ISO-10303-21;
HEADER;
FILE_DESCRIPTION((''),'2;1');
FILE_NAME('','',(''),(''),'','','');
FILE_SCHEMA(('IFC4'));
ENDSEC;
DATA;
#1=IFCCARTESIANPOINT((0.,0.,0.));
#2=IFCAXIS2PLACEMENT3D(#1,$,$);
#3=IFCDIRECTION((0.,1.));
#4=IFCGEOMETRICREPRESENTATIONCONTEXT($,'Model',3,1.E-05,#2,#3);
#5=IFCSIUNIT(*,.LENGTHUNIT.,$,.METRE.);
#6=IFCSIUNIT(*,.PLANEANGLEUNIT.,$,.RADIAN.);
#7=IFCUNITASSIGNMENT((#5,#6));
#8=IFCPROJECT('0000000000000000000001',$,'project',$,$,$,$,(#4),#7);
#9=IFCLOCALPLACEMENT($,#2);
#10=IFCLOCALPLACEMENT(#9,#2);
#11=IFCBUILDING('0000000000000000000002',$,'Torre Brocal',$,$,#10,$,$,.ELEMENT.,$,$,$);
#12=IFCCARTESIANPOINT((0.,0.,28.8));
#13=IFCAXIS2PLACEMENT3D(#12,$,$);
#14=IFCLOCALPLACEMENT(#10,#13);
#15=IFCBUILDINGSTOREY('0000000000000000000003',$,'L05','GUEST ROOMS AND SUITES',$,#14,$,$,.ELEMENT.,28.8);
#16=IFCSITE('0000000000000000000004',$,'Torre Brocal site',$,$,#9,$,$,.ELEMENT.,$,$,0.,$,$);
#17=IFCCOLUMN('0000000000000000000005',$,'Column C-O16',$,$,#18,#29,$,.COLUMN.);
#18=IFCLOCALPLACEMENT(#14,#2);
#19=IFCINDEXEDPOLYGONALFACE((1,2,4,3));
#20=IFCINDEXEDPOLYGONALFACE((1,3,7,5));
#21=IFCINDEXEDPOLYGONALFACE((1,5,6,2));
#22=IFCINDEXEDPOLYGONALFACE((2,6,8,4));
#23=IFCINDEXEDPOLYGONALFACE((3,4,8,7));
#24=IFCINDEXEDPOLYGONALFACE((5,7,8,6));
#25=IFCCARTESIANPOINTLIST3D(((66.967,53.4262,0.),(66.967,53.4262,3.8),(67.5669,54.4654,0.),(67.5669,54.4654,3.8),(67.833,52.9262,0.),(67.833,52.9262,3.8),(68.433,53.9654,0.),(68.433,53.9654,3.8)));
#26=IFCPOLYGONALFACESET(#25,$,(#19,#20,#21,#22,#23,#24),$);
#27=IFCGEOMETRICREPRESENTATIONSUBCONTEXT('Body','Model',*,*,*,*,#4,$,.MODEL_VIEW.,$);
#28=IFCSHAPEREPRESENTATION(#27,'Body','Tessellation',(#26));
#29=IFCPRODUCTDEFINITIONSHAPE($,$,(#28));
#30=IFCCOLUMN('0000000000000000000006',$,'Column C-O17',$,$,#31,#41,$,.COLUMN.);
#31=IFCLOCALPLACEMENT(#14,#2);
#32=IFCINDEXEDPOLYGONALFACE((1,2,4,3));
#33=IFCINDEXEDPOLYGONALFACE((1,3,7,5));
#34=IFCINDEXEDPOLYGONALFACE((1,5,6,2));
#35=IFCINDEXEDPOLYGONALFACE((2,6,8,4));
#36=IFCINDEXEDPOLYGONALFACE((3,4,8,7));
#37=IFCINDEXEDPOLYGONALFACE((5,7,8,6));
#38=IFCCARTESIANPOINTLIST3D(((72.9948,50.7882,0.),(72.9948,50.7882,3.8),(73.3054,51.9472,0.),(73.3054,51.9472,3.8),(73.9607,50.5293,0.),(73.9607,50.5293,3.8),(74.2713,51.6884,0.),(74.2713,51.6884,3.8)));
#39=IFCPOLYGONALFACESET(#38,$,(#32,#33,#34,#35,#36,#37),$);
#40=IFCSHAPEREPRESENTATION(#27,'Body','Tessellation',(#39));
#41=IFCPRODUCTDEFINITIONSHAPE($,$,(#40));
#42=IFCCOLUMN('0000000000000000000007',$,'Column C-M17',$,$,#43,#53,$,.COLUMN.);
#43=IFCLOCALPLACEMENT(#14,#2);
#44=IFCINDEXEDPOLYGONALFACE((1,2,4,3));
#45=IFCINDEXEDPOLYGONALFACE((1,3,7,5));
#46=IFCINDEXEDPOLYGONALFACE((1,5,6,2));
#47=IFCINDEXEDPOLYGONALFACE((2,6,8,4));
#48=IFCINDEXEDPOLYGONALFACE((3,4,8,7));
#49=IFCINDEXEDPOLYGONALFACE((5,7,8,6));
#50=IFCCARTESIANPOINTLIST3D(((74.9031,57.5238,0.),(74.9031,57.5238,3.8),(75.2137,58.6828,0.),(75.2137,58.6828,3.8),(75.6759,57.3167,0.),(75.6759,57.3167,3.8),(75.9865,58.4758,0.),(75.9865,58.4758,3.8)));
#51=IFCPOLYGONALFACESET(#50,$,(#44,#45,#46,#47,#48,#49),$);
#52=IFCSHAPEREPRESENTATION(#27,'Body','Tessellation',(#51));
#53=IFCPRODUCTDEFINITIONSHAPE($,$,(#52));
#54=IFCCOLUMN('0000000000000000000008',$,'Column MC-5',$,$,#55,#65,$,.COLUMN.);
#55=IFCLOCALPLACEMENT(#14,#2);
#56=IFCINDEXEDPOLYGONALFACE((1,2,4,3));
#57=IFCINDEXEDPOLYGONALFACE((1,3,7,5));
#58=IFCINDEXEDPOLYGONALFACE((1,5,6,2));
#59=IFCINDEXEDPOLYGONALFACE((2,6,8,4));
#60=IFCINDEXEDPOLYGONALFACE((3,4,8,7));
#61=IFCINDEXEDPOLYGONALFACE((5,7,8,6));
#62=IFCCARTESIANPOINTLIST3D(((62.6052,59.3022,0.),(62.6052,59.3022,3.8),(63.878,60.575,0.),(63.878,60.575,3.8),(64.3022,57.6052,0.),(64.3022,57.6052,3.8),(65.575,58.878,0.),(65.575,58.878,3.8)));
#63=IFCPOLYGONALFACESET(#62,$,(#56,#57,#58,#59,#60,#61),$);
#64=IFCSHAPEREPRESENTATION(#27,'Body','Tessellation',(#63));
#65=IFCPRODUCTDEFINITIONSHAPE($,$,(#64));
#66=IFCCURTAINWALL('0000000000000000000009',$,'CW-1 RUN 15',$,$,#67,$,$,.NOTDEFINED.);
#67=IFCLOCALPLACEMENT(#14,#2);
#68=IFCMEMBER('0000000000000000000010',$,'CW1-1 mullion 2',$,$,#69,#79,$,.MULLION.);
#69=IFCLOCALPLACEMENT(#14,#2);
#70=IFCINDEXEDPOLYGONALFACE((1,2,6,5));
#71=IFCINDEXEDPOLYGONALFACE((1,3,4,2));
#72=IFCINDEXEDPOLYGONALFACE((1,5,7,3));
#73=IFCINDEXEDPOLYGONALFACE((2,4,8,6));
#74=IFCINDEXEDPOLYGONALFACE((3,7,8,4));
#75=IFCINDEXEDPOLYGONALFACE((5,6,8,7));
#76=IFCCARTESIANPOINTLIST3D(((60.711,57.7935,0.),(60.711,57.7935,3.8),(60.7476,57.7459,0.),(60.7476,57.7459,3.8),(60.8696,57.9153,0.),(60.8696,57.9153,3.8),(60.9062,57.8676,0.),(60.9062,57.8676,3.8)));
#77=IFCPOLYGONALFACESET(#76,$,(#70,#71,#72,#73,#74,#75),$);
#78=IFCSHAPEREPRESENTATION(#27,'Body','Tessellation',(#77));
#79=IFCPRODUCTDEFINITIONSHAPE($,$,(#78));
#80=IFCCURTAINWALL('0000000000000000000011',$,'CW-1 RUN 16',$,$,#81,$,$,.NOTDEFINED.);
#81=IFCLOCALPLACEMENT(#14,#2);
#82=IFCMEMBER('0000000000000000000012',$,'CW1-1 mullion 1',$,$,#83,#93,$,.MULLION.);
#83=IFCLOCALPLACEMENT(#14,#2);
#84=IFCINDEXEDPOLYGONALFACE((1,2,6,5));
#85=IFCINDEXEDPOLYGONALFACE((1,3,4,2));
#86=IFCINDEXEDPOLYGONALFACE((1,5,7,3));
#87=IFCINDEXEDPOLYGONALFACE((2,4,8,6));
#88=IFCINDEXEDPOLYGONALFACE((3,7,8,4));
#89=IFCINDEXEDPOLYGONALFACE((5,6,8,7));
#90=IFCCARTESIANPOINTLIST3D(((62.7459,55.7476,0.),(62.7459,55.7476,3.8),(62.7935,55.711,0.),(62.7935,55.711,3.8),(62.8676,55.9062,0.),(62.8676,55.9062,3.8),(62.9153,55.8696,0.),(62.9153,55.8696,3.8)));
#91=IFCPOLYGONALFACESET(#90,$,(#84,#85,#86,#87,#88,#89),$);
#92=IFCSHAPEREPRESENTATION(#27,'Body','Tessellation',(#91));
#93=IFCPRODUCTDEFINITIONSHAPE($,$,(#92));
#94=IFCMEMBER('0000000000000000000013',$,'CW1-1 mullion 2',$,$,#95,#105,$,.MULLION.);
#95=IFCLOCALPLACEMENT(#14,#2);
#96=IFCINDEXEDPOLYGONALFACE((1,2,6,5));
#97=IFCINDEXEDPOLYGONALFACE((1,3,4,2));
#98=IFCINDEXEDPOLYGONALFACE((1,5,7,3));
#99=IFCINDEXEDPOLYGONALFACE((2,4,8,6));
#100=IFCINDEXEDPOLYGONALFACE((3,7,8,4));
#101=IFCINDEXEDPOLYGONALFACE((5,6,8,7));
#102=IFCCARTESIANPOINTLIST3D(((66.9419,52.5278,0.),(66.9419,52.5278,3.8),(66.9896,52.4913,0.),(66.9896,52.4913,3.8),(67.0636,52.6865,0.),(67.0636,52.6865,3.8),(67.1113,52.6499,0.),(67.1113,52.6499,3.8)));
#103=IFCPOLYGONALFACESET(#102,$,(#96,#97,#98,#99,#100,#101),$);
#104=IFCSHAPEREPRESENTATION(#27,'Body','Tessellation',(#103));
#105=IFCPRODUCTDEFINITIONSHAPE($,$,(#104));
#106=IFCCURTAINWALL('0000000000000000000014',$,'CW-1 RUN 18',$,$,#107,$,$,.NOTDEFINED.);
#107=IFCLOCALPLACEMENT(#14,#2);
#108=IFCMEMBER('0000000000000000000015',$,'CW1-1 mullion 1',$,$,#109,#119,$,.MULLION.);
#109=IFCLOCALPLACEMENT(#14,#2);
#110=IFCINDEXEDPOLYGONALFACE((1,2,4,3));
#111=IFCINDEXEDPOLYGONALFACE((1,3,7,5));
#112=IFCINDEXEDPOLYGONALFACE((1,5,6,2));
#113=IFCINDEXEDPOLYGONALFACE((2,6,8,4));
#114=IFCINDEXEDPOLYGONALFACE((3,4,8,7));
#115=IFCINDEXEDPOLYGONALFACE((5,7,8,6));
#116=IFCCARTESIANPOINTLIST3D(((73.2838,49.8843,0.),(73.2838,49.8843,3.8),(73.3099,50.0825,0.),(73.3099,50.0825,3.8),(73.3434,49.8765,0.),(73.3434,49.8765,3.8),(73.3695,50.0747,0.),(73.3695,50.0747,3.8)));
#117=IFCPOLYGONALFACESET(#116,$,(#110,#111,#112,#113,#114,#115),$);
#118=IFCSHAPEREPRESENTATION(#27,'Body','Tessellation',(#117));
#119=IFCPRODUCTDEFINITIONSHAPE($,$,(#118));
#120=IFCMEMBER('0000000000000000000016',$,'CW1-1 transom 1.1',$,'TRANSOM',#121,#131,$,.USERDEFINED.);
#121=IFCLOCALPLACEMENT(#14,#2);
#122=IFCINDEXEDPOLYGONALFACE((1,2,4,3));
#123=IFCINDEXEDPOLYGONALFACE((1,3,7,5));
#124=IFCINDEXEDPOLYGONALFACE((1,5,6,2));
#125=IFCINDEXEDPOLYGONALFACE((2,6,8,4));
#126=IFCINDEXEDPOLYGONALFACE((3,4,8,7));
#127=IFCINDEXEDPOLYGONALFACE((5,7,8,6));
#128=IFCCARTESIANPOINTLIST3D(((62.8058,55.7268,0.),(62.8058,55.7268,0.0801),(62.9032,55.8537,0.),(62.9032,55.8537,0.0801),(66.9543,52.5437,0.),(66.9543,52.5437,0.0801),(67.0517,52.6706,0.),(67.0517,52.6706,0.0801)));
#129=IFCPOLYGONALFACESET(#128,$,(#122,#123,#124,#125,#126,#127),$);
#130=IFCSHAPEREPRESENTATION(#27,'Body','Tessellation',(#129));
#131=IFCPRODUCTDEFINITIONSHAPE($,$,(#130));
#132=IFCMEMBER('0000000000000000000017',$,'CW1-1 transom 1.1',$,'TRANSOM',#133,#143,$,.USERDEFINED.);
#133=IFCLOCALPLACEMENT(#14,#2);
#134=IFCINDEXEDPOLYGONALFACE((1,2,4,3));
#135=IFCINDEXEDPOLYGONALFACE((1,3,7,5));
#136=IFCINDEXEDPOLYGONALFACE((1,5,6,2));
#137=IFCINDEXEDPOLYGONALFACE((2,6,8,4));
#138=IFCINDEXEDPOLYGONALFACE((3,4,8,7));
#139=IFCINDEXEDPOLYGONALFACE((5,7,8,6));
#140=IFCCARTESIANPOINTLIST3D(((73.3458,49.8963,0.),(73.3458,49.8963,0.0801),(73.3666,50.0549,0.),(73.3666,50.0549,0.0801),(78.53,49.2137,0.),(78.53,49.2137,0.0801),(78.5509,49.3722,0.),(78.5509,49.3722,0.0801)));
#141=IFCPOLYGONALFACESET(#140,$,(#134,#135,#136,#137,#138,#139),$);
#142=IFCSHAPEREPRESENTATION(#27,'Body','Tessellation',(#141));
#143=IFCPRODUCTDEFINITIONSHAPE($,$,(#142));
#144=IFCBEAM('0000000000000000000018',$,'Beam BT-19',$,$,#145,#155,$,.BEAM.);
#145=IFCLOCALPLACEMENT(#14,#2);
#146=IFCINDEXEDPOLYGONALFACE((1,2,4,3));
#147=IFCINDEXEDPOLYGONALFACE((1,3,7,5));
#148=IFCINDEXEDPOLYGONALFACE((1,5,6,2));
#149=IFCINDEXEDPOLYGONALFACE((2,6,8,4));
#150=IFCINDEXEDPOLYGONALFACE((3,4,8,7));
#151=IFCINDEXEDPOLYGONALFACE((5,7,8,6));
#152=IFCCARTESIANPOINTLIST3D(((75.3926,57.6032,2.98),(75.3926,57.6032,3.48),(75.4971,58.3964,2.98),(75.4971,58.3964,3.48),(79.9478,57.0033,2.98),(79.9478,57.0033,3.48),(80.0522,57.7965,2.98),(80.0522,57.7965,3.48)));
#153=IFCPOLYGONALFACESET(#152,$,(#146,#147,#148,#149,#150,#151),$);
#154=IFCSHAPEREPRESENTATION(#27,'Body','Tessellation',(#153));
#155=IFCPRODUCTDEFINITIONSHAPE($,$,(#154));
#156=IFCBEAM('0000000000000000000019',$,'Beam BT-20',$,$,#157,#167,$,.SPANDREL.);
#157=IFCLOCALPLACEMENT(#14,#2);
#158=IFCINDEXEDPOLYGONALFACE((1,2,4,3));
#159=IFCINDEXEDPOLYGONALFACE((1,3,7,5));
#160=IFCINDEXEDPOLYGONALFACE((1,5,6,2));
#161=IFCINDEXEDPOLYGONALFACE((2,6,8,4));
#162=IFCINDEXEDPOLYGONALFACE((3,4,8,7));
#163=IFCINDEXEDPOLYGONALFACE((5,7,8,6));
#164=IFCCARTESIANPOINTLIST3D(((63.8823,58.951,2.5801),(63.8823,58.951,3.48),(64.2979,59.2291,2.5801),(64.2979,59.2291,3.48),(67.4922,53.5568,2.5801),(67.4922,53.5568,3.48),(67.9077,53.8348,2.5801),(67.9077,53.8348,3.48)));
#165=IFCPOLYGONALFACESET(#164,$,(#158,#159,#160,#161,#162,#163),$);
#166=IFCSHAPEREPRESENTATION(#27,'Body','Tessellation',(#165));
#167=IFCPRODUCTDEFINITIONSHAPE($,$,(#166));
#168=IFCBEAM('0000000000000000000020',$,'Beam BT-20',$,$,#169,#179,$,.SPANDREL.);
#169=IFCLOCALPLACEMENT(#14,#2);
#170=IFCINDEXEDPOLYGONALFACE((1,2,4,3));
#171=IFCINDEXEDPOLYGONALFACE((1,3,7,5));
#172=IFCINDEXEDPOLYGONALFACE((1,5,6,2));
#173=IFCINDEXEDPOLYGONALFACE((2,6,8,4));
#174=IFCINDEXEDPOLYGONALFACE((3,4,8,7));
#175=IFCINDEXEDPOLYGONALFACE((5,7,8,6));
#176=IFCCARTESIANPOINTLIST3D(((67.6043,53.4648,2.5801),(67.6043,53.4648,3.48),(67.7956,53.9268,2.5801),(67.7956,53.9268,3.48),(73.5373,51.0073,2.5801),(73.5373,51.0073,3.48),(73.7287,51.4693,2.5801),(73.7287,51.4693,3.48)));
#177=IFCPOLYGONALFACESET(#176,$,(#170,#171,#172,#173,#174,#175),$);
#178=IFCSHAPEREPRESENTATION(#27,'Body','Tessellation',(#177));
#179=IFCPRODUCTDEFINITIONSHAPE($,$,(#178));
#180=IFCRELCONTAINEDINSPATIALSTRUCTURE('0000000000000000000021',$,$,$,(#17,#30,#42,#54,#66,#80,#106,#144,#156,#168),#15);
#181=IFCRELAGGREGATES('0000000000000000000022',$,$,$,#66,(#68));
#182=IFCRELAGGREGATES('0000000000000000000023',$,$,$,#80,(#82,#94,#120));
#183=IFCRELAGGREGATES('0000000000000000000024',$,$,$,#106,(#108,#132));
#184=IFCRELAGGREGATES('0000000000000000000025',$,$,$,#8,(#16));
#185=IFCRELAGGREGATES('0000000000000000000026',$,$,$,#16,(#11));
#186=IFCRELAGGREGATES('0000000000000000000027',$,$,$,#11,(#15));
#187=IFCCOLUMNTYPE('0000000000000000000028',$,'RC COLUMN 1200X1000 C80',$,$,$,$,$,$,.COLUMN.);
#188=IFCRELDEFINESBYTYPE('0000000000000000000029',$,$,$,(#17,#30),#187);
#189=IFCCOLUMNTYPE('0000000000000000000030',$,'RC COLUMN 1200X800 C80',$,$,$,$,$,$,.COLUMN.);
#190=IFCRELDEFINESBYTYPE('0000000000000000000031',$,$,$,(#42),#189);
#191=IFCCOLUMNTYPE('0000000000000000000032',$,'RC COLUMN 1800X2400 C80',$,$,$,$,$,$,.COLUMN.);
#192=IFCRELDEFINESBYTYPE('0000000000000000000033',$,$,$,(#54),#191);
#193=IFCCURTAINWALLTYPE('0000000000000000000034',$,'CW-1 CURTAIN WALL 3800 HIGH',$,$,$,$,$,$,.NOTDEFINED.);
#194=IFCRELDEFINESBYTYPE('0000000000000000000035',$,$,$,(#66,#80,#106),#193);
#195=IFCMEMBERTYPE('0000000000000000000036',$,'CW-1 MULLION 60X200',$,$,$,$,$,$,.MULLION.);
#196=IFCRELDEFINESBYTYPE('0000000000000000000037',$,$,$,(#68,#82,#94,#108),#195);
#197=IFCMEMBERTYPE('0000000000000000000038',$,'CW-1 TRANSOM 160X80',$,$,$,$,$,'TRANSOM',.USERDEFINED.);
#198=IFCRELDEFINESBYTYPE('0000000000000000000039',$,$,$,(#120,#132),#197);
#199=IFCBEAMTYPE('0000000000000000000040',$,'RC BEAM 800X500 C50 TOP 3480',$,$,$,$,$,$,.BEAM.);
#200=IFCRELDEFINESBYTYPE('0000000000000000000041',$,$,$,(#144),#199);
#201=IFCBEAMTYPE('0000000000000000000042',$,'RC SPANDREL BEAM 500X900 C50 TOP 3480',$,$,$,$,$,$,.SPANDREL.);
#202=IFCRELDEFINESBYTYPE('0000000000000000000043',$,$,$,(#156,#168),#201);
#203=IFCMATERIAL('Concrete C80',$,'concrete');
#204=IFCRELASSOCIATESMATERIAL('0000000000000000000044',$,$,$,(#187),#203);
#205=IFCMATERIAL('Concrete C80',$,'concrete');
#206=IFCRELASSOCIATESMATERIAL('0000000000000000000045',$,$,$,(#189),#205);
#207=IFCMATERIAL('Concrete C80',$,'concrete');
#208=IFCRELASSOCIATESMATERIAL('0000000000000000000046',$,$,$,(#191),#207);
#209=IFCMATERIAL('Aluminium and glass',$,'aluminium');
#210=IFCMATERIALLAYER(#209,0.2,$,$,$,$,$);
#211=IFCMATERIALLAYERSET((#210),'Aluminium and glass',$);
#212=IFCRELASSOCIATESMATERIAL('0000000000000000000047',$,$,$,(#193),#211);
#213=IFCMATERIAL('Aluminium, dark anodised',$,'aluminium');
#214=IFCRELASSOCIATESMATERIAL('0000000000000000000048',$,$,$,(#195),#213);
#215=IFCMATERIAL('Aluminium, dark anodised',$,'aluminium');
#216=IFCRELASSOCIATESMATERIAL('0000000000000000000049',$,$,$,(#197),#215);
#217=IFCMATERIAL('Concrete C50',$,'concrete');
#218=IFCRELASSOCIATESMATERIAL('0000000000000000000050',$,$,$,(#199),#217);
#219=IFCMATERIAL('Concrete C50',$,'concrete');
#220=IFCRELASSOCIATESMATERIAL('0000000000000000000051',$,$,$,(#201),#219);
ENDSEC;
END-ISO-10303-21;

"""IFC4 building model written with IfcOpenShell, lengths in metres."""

from ifc_helpers import new_model, si_unit, direction, frame, origin, origin_2d, place, context, subcontext, project, spatial, rectangle, extrude, material, layer, layer_set, material_profile, profile_set, type_object, element, aggregate, save


model = new_model("IFC4")

# Units and contexts
model_context = context("Model", 3, precision=1e-05, world=origin(), true_north=direction((0.0, 1.0)))
body_context = subcontext(model_context, "Body", "Model", "MODEL_VIEW")
ifc_project = project(units=[si_unit("LENGTHUNIT", "METRE"), si_unit("PLANEANGLEUNIT", "RADIAN")], contexts=[model_context])

# Site, building, storey
site_placement = place(None, origin())
site = spatial("IfcSite", under=ifc_project, at=site_placement, Name="Torre Brocal site", CompositionType="ELEMENT", RefElevation=0.0)
building_placement = place(site_placement, origin())
building = spatial("IfcBuilding", under=site, at=building_placement, Name="Torre Brocal", CompositionType="ELEMENT")
storey_placement = place(building_placement, frame((0.0, 0.0, 28.8)))
storey = spatial("IfcBuildingStorey", under=building, at=storey_placement, Name="L05", Description="GUEST ROOMS AND SUITES", CompositionType="ELEMENT", Elevation=28.8)

# Columns
ifc_material_1 = material(Name="Concrete C80", Category="concrete")
ifc_material_profile_1 = material_profile(ifc_material_1, rectangle(XDim=1.2, YDim=1.0, at=origin_2d()), Name="RC 1200X1000")
ifc_profile_set_1 = profile_set([ifc_material_profile_1], Name="Concrete C80")
column_type_1 = type_object("IfcColumnType", Name="RC COLUMN 1200X1000 C80", PredefinedType="COLUMN", material=ifc_profile_set_1)
for number, where, z_axis, x_axis, name in (
    (1, (67.7, 53.6958, 0.0), (0.0, 0.0, 1.0), (-0.5, -0.866025, 0.0), "Column C-O16"),
    (2, (73.6331, 51.2383, 0.0), (0.0, 0.0, 1.0), (-0.258819, -0.965926, 0.0), "Column C-O17"),
):
    element("IfcColumn", number, at=place(storey_placement, frame(where, z_axis=z_axis, x_axis=x_axis)), inside=storey, type_object=column_type_1, Name=name, PredefinedType="COLUMN", context=body_context, shape_type="SweptSolid", body=[
        extrude(rectangle(XDim=1.2, YDim=1.0, at=origin_2d()), origin(), (0.0, 0.0, 1.0), 3.8),
    ])
ifc_material_2 = material(Name="Concrete C80", Category="concrete")
ifc_material_profile_2 = material_profile(ifc_material_2, rectangle(XDim=1.2, YDim=0.8, at=origin_2d()), Name="RC 1200X800")
ifc_profile_set_2 = profile_set([ifc_material_profile_2], Name="Concrete C80")
column_type_2 = type_object("IfcColumnType", Name="RC COLUMN 1200X800 C80", PredefinedType="COLUMN", material=ifc_profile_set_2)
column_1_placement = place(storey_placement, frame((75.4448, 57.9998, 0.0), z_axis=(0.0, 0.0, 1.0), x_axis=(-0.258819, -0.965926, 0.0)))
element("IfcColumn", 3, at=column_1_placement, inside=storey, type_object=column_type_2, Name="Column C-M17", PredefinedType="COLUMN", context=body_context, shape_type="SweptSolid", body=[
    extrude(rectangle(XDim=1.2, YDim=0.8, at=origin_2d()), origin(), (0.0, 0.0, 1.0), 3.8),
])
ifc_material_3 = material(Name="Concrete C80", Category="concrete")
ifc_material_profile_3 = material_profile(ifc_material_3, rectangle(XDim=1.8, YDim=2.3999, at=origin_2d()), Name="RC 1800X2400")
ifc_profile_set_3 = profile_set([ifc_material_profile_3], Name="Concrete C80")
column_type_3 = type_object("IfcColumnType", Name="RC COLUMN 1800X2400 C80", PredefinedType="COLUMN", material=ifc_profile_set_3)
column_2_placement = place(storey_placement, frame((64.0901, 59.0901, 0.0), z_axis=(0.0, 0.0, 1.0), x_axis=(-0.707107, -0.707107, 0.0)))
element("IfcColumn", 4, at=column_2_placement, inside=storey, type_object=column_type_3, Name="Column MC-5", PredefinedType="COLUMN", context=body_context, shape_type="SweptSolid", body=[
    extrude(rectangle(XDim=1.8, YDim=2.3999, at=origin_2d()), origin(), (0.0, 0.0, 1.0), 3.8),
])

# Curtain wall, member
ifc_material_4 = material(Name="Aluminium and glass", Category="aluminium")
ifc_layer_1 = layer(ifc_material_4, 0.2)
ifc_layer_set_1 = layer_set([ifc_layer_1], Name="Aluminium and glass")
curtain_wall_type = type_object("IfcCurtainWallType", Name="CW-1 CURTAIN WALL 3800 HIGH", PredefinedType="NOTDEFINED", material=ifc_layer_set_1)
curtain_wall_1_placement = place(storey_placement, origin())
curtain_wall_1 = element("IfcCurtainWall", 5, at=curtain_wall_1_placement, inside=storey, type_object=curtain_wall_type, Name="CW-1 RUN 15", PredefinedType="NOTDEFINED")
ifc_material_5 = material(Name="Aluminium, dark anodised", Category="aluminium")
ifc_material_profile_4 = material_profile(ifc_material_5, rectangle(XDim=0.2, YDim=0.0601, at=origin_2d()), Name="CW-1 MULLION 60X200")
ifc_profile_set_4 = profile_set([ifc_material_profile_4], Name="Aluminium, dark anodised")
member_type_1 = type_object("IfcMemberType", Name="CW-1 MULLION 60X200", PredefinedType="MULLION", material=ifc_profile_set_4)
member_1_placement = place(storey_placement, frame((60.8086, 57.8306, 0.0), z_axis=(0.0, 0.0, 1.0), x_axis=(0.793353, 0.608761, 0.0)))
member_1 = element("IfcMember", 6, at=member_1_placement, type_object=member_type_1, Name="CW1-1 mullion 2", PredefinedType="MULLION", context=body_context, shape_type="SweptSolid", body=[
    extrude(rectangle(XDim=0.2, YDim=0.0601, at=origin_2d()), origin(), (0.0, 0.0, 1.0), 3.8),
])
aggregate(curtain_wall_1, [member_1])

# Curtain wall, members
curtain_wall_2_placement = place(storey_placement, origin())
curtain_wall_2 = element("IfcCurtainWall", 7, at=curtain_wall_2_placement, inside=storey, type_object=curtain_wall_type, Name="CW-1 RUN 16", PredefinedType="NOTDEFINED")
member_2_placement = place(storey_placement, frame((62.8306, 55.8086, 0.0), z_axis=(0.0, 0.0, 1.0), x_axis=(0.608761, 0.793353, 0.0)))
member_2 = element("IfcMember", 8, at=member_2_placement, type_object=member_type_1, Name="CW1-1 mullion 1", PredefinedType="MULLION", context=body_context, shape_type="SweptSolid", body=[
    extrude(rectangle(XDim=0.2, YDim=0.0601, at=origin_2d()), origin(), (0.0, 0.0, 1.0), 3.8),
])
member_3_placement = place(storey_placement, frame((67.0266, 52.5889, 0.0), z_axis=(0.0, 0.0, 1.0), x_axis=(0.608761, 0.793353, 0.0)))
member_3 = element("IfcMember", 9, at=member_3_placement, type_object=member_type_1, Name="CW1-1 mullion 2", PredefinedType="MULLION", context=body_context, shape_type="SweptSolid", body=[
    extrude(rectangle(XDim=0.2, YDim=0.0601, at=origin_2d()), origin(), (0.0, 0.0, 1.0), 3.8),
])

# Curtain wall, member
curtain_wall_3_placement = place(storey_placement, origin())
curtain_wall_3 = element("IfcCurtainWall", 10, at=curtain_wall_3_placement, inside=storey, type_object=curtain_wall_type, Name="CW-1 RUN 18", PredefinedType="NOTDEFINED")
member_4_placement = place(storey_placement, frame((73.3267, 49.9795, 0.0), z_axis=(0.0, 0.0, 1.0), x_axis=(0.130526, 0.991445, 0.0)))
member_4 = element("IfcMember", 11, at=member_4_placement, type_object=member_type_1, Name="CW1-1 mullion 1", PredefinedType="MULLION", context=body_context, shape_type="SweptSolid", body=[
    extrude(rectangle(XDim=0.2, YDim=0.0601, at=origin_2d()), origin(), (0.0, 0.0, 1.0), 3.8),
])

# Members
ifc_material_6 = material(Name="Aluminium, dark anodised", Category="aluminium")
ifc_material_profile_5 = material_profile(ifc_material_6, rectangle(XDim=0.1599, YDim=0.0801, at=origin_2d()), Name="CW-1 TRANSOM 160X80")
ifc_profile_set_5 = profile_set([ifc_material_profile_5], Name="Aluminium, dark anodised")
member_type_2 = type_object("IfcMemberType", Name="CW-1 TRANSOM 160X80", ElementType="TRANSOM", PredefinedType="USERDEFINED", material=ifc_profile_set_5)
member_5_placement = place(storey_placement, frame((62.8545, 55.7903, 0.04), z_axis=(0.793363, -0.608749, 0.0), x_axis=(0.608749, 0.793363, 0.0)))
member_5 = element("IfcMember", 12, at=member_5_placement, type_object=member_type_2, Name="CW1-1 transom 1.1", ObjectType="TRANSOM", PredefinedType="USERDEFINED", context=body_context, shape_type="SweptSolid", body=[
    extrude(rectangle(XDim=0.1599, YDim=0.0801, at=origin_2d()), origin(), (0.0, 0.0, 1.0), 5.229),
])
member_6_placement = place(storey_placement, frame((73.3562, 49.9756, 0.04), z_axis=(0.991443, -0.130543, 0.0), x_axis=(0.130543, 0.991443, 0.0)))
member_6 = element("IfcMember", 13, at=member_6_placement, type_object=member_type_2, Name="CW1-1 transom 1.1", ObjectType="TRANSOM", PredefinedType="USERDEFINED", context=body_context, shape_type="SweptSolid", body=[
    extrude(rectangle(XDim=0.1599, YDim=0.0801, at=origin_2d()), origin(), (0.0, 0.0, 1.0), 5.229),
])

# Beams
ifc_material_7 = material(Name="Concrete C50", Category="concrete")
ifc_material_profile_6 = material_profile(ifc_material_7, rectangle(XDim=0.8, YDim=0.5, at=origin_2d()), Name="RC 800X500")
ifc_profile_set_6 = profile_set([ifc_material_profile_6], Name="Concrete C50")
beam_type_1 = type_object("IfcBeamType", Name="RC BEAM 800X500 C50 TOP 3480", PredefinedType="BEAM", material=ifc_profile_set_6)
beam_1_placement = place(storey_placement, frame((75.4448, 57.9998, 3.23), z_axis=(0.991441, -0.130559, 0.0), x_axis=(0.130559, 0.991441, 0.0)))
element("IfcBeam", 14, at=beam_1_placement, inside=storey, type_object=beam_type_1, Name="Beam BT-19", PredefinedType="BEAM", context=body_context, shape_type="SweptSolid", body=[
    extrude(rectangle(XDim=0.8, YDim=0.5, at=origin_2d()), origin(), (0.0, 0.0, 1.0), 4.5945),
])
ifc_material_8 = material(Name="Concrete C50", Category="concrete")
ifc_material_profile_7 = material_profile(ifc_material_8, rectangle(XDim=0.5, YDim=0.8999, at=origin_2d()), Name="RC 500X900")
ifc_profile_set_7 = profile_set([ifc_material_profile_7], Name="Concrete C50")
beam_type_2 = type_object("IfcBeamType", Name="RC SPANDREL BEAM 500X900 C50 TOP 3480", PredefinedType="SPANDREL", material=ifc_profile_set_7)
beam_2_placement = place(storey_placement, frame((64.0901, 59.0901, 3.03), z_axis=(0.556158, -0.831077, 0.0), x_axis=(0.831077, 0.556158, 0.0)))
element("IfcBeam", 15, at=beam_2_placement, inside=storey, type_object=beam_type_2, Name="Beam BT-20", PredefinedType="SPANDREL", context=body_context, shape_type="SweptSolid", body=[
    extrude(rectangle(XDim=0.5, YDim=0.8999, at=origin_2d()), origin(), (0.0, 0.0, 1.0), 6.4907),
])
beam_3_placement = place(storey_placement, frame((67.7, 53.6958, 3.03), z_axis=(0.923882, -0.382676, 0.0), x_axis=(0.382676, 0.923882, 0.0)))
element("IfcBeam", 16, at=beam_3_placement, inside=storey, type_object=beam_type_2, Name="Beam BT-20", PredefinedType="SPANDREL", context=body_context, shape_type="SweptSolid", body=[
    extrude(rectangle(XDim=0.5, YDim=0.8999, at=origin_2d()), origin(), (0.0, 0.0, 1.0), 6.4219),
])

aggregate(curtain_wall_2, [member_2, member_3, member_5])
aggregate(curtain_wall_3, [member_4, member_6])

save(model, "model.ifc")
